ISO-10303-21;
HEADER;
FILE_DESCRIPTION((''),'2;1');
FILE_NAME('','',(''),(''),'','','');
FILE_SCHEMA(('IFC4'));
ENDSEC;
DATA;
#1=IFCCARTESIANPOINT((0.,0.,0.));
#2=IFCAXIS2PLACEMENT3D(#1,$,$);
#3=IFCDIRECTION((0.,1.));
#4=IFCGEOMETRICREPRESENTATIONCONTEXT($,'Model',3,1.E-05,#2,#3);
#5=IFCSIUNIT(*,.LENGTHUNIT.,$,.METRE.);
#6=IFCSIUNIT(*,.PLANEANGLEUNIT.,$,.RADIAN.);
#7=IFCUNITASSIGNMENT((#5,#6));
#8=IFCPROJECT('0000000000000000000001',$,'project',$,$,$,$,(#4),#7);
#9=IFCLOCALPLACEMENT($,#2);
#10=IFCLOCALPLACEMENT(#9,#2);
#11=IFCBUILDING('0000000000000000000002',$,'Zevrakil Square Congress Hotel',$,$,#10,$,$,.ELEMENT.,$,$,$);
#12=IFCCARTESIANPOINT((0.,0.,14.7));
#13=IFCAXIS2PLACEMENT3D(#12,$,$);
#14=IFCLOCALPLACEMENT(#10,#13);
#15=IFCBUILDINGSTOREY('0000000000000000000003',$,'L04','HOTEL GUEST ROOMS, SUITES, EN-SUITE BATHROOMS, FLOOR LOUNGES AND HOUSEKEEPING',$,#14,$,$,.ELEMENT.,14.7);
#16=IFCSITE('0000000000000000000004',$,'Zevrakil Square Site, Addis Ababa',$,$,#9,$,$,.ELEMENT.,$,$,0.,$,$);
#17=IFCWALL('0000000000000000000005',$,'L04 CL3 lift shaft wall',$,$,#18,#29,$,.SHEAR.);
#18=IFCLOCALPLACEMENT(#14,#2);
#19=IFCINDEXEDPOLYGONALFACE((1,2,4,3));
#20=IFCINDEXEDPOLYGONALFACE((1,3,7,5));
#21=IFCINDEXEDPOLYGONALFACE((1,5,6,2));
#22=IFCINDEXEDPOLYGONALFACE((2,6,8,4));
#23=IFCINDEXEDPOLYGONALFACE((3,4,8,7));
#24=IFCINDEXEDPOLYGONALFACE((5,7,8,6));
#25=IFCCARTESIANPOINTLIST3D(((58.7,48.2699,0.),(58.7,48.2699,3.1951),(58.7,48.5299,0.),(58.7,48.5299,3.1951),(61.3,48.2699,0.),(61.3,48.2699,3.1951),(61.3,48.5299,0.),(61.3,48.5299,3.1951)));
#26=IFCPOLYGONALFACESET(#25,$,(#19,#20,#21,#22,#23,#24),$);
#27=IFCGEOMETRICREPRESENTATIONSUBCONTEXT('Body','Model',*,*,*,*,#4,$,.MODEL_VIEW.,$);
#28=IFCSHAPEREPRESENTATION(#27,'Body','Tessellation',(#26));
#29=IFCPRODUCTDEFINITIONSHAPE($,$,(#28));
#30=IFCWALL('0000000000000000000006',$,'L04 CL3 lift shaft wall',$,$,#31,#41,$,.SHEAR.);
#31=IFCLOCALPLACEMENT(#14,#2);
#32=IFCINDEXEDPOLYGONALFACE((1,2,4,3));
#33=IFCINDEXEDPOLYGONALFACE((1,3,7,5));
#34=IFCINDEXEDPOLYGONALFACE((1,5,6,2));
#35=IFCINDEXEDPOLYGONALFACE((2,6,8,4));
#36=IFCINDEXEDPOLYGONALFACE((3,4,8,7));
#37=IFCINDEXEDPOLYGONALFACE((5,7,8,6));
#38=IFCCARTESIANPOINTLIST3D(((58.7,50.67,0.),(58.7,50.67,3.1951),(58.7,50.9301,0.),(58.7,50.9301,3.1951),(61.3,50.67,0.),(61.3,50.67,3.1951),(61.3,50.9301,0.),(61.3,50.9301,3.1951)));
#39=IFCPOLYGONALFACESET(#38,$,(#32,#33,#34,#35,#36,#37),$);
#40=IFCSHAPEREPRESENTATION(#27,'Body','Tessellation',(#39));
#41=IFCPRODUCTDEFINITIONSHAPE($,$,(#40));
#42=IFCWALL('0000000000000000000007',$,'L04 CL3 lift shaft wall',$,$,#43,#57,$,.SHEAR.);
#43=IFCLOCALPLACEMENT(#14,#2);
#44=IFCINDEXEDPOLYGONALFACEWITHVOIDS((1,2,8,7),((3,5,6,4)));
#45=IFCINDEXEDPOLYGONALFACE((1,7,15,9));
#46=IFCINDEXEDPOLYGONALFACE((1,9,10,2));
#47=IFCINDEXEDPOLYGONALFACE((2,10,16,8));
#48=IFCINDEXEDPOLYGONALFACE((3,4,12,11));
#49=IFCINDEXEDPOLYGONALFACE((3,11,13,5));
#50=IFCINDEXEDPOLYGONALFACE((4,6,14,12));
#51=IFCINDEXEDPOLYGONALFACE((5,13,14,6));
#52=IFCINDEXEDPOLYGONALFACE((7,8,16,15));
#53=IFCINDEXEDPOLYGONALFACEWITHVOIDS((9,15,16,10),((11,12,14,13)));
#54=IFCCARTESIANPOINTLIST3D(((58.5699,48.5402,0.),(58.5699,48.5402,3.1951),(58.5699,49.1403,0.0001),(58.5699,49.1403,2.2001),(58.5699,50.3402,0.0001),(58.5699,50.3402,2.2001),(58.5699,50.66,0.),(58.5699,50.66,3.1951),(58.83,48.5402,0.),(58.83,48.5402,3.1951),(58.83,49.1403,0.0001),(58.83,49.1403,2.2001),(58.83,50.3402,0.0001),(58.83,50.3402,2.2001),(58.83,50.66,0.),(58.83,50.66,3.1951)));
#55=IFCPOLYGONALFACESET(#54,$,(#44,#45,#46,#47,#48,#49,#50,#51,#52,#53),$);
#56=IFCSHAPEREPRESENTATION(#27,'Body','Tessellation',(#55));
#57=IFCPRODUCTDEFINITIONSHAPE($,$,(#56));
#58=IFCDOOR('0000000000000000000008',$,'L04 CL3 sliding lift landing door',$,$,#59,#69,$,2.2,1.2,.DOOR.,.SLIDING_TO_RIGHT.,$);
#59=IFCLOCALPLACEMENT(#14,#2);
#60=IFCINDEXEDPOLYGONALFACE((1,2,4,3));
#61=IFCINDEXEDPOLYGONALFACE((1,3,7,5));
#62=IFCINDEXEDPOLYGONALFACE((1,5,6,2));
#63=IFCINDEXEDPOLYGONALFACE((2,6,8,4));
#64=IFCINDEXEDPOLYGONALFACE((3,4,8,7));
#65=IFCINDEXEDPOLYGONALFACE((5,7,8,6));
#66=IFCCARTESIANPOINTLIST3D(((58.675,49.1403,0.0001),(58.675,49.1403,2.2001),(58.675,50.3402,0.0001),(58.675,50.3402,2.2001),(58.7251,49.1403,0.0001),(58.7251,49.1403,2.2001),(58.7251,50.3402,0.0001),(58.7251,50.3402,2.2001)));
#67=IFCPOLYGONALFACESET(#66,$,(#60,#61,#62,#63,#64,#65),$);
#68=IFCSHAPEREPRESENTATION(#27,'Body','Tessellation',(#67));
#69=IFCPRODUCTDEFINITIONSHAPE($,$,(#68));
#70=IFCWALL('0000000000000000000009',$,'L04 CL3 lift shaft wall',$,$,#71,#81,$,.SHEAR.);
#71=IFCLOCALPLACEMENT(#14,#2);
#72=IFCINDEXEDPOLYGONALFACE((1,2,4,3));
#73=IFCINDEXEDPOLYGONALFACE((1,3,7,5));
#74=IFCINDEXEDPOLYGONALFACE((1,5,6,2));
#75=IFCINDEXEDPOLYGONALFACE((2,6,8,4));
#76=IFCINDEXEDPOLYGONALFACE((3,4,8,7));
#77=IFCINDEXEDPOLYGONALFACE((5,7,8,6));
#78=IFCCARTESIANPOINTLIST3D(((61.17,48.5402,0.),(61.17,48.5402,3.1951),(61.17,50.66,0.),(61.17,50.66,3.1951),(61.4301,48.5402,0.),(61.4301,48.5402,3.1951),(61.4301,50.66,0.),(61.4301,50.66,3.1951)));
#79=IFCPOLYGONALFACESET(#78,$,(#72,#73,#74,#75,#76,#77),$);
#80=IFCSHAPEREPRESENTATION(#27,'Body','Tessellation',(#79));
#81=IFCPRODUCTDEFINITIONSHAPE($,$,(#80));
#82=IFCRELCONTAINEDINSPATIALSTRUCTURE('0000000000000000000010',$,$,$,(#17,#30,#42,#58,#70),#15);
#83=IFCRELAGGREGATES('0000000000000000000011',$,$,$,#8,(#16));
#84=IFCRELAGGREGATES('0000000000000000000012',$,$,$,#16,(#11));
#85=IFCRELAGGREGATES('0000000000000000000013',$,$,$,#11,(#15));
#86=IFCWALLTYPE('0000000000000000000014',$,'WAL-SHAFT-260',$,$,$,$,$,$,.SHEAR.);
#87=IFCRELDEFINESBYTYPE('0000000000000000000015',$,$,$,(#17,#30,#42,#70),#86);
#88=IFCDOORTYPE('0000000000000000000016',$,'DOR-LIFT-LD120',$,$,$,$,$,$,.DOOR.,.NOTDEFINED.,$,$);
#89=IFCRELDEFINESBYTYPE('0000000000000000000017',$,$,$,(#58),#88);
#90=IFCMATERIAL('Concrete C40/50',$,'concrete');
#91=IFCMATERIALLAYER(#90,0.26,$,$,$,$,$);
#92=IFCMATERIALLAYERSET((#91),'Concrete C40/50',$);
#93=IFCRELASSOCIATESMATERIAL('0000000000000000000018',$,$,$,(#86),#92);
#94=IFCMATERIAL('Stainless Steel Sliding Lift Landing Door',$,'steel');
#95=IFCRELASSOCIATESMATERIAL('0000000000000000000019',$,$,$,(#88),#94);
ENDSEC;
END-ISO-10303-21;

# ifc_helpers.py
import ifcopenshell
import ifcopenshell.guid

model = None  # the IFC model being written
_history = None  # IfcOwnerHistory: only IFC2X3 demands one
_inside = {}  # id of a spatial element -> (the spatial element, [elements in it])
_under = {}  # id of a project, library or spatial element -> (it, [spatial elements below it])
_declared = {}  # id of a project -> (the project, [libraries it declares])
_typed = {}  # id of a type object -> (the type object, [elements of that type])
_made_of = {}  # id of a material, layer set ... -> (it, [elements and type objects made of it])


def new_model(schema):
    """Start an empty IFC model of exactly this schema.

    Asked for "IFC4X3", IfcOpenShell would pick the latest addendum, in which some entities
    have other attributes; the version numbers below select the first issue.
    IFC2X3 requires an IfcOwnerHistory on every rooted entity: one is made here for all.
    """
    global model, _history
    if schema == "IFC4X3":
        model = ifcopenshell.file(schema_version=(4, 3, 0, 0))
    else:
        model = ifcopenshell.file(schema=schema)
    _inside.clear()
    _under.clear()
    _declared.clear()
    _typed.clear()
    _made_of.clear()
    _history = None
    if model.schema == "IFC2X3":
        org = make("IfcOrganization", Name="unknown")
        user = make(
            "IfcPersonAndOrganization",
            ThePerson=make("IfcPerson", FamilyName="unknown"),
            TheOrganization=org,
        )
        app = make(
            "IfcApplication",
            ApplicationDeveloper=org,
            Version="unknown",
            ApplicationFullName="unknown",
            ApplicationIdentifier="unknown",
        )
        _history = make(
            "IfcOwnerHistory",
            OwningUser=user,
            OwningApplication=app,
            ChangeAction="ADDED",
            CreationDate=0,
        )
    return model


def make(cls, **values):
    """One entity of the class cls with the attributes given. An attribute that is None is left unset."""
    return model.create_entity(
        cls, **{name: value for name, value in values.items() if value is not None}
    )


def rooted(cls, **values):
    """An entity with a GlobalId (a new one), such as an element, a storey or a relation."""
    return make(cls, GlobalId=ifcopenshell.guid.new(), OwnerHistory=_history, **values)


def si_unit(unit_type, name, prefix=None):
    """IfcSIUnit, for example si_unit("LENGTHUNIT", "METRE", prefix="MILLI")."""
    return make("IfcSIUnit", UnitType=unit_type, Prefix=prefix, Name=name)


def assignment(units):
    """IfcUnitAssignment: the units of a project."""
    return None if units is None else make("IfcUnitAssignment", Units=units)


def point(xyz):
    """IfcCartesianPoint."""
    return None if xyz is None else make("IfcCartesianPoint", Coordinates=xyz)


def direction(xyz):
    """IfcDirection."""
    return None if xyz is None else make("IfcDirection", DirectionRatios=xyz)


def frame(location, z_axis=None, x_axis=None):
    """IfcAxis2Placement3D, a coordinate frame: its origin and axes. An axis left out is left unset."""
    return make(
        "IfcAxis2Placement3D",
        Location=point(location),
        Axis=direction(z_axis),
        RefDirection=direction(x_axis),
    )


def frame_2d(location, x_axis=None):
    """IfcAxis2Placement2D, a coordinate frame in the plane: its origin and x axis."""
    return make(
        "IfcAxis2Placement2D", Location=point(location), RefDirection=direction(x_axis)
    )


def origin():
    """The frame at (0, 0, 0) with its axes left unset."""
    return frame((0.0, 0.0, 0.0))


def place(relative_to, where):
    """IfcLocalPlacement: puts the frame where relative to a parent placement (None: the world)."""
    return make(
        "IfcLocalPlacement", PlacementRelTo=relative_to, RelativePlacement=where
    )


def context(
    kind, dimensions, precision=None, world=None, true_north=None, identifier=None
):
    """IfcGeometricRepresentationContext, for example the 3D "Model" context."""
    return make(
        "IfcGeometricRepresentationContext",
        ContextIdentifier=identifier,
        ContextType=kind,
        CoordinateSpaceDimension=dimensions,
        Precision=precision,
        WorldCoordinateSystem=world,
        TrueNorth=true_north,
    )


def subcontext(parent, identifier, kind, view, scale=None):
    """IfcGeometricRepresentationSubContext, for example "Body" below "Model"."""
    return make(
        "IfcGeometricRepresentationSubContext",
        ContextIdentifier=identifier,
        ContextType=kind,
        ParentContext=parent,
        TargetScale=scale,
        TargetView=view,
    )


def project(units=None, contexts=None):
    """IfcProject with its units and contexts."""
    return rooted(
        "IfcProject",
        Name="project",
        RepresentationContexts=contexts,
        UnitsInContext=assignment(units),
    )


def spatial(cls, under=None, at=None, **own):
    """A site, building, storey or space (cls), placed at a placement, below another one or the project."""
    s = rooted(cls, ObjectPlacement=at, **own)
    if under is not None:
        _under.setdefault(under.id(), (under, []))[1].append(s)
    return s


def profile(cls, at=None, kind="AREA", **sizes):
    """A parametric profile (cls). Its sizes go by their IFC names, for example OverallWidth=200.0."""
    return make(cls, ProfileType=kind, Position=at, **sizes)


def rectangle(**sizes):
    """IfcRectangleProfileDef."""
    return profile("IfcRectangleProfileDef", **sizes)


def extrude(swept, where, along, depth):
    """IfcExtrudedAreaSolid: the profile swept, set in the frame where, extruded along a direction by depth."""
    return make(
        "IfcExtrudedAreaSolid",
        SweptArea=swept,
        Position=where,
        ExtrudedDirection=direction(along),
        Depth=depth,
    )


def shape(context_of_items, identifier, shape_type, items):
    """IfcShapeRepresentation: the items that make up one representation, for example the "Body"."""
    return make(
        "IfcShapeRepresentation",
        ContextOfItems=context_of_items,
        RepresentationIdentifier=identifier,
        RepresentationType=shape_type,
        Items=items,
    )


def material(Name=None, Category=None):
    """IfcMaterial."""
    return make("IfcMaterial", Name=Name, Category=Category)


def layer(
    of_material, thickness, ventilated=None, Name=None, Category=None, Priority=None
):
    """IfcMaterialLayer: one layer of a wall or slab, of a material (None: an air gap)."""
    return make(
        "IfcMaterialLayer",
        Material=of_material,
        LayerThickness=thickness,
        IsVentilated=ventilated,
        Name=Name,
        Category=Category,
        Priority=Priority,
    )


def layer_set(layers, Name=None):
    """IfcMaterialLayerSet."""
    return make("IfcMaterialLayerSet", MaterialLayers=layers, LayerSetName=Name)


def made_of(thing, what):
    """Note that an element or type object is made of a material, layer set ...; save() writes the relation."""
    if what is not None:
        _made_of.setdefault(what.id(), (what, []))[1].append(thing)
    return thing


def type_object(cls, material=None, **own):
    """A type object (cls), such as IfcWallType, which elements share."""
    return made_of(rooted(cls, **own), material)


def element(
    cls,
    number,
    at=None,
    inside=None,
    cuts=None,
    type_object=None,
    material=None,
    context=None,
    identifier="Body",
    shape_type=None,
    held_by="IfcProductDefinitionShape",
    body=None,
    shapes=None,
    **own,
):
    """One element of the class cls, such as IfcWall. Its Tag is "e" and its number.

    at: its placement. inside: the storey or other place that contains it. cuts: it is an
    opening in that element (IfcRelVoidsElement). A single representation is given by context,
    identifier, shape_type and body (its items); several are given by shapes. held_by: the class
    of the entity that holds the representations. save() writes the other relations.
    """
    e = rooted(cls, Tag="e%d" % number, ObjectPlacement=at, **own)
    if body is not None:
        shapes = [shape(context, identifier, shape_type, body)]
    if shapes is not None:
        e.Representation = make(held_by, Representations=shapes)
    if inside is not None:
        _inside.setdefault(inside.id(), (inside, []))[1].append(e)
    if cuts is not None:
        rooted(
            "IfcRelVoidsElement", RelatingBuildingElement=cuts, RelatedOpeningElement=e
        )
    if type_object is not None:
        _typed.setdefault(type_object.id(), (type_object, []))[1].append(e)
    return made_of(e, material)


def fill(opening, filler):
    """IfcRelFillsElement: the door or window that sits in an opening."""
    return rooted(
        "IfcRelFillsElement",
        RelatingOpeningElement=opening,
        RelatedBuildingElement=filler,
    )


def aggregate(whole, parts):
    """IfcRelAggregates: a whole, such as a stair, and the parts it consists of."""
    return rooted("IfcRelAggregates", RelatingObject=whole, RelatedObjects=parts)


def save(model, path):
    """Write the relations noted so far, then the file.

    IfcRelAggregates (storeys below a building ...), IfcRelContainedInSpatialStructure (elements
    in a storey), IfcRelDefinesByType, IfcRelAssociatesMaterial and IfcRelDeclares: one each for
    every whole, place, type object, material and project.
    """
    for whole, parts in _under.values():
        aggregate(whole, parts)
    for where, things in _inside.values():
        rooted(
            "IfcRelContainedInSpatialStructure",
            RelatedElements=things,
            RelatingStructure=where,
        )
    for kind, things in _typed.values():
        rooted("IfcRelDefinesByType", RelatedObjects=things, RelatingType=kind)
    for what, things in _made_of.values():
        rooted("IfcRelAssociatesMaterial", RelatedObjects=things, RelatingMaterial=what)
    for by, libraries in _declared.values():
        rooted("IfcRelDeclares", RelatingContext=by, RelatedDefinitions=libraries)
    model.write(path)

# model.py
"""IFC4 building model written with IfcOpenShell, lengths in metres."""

from ifc_helpers import new_model, si_unit, direction, frame, frame_2d, origin, place, context, subcontext, project, spatial, rectangle, extrude, material, layer, layer_set, type_object, element, fill, save


model = new_model("IFC4")

# Units and contexts
model_context = context("Model", 3, precision=1e-05, world=origin(), true_north=direction((0.0, 1.0)))
body_context = subcontext(model_context, "Body", "Model", "MODEL_VIEW")
ifc_project = project(units=[si_unit("LENGTHUNIT", "METRE"), si_unit("PLANEANGLEUNIT", "RADIAN")], contexts=[model_context])

# Site, building, storey
site_placement = place(None, origin())
site = spatial("IfcSite", under=ifc_project, at=site_placement, Name="Zevrakil Square Site, Addis Ababa", CompositionType="ELEMENT", RefElevation=0.0)
building_placement = place(site_placement, origin())
building = spatial("IfcBuilding", under=site, at=building_placement, Name="Zevrakil Square Congress Hotel", CompositionType="ELEMENT")
storey_placement = place(building_placement, frame((0.0, 0.0, 14.7)))
storey = spatial("IfcBuildingStorey", under=building, at=storey_placement, Name="L04", Description="HOTEL GUEST ROOMS, SUITES, EN-SUITE BATHROOMS, FLOOR LOUNGES AND HOUSEKEEPING", CompositionType="ELEMENT", Elevation=14.7)

# Walls
ifc_material_1 = material(Name="Concrete C40/50", Category="concrete")
ifc_layer_1 = layer(ifc_material_1, 0.26)
ifc_layer_set_1 = layer_set([ifc_layer_1], Name="Concrete C40/50")
wall_type_1 = type_object("IfcWallType", Name="WAL-SHAFT-260", PredefinedType="SHEAR", material=ifc_layer_set_1)
for number, where, z_axis, x_axis, name in (
    (1, (58.7, 48.3999, 0.0), (0.0, 0.0, 1.0), (1.0, 0.0, 0.0), "L04 CL3 lift shaft wall"),
    (2, (58.7, 50.8, 0.0), (0.0, 0.0, 1.0), (1.0, 0.0, 0.0), "L04 CL3 lift shaft wall"),
):
    element("IfcWall", number, at=place(storey_placement, frame(where, z_axis=z_axis, x_axis=x_axis)), inside=storey, type_object=wall_type_1, Name=name, PredefinedType="SHEAR", context=body_context, shape_type="SweptSolid", body=[
        extrude(rectangle(XDim=2.6001, YDim=0.26, at=frame_2d((1.3, 0.0))), origin(), (0.0, 0.0, 1.0), 3.1951),
    ])

# Wall, opening, door
wall_1_placement = place(storey_placement, frame((58.7, 48.54, 0.0), z_axis=(0.0, 0.0, 1.0), x_axis=(0.0, 1.0, 0.0)))
wall_1 = element("IfcWall", 3, at=wall_1_placement, inside=storey, type_object=wall_type_1, Name="L04 CL3 lift shaft wall", PredefinedType="SHEAR", context=body_context, shape_type="SweptSolid", body=[
    extrude(rectangle(XDim=2.1199, YDim=0.26, at=frame_2d((1.0601, 0.0))), origin(), (0.0, 0.0, 1.0), 3.1951),
])
opening_1_placement = place(wall_1_placement, frame((0.6001, 0.0, 0.0)))
opening_1 = element("IfcOpeningElement", 4, at=opening_1_placement, cuts=wall_1, PredefinedType="OPENING", context=body_context, shape_type="SweptSolid", body=[
    extrude(rectangle(XDim=1.2, YDim=2.2, at=frame_2d((0.6001, 1.1001))), frame((0.0, 0.1401, 0.0), z_axis=(0.0, -1.0, 0.0), x_axis=(1.0, 0.0, 0.0)), (0.0, 0.0, 1.0), 0.28),
])
ifc_material_2 = material(Name="Stainless Steel Sliding Lift Landing Door", Category="steel")
door_type_1 = type_object("IfcDoorType", Name="DOR-LIFT-LD120", OperationType="NOTDEFINED", PredefinedType="DOOR", material=ifc_material_2)
door_1_placement = place(opening_1_placement, origin())
door_1 = element("IfcDoor", 5, at=door_1_placement, inside=storey, type_object=door_type_1, Name="L04 CL3 sliding lift landing door", OperationType="SLIDING_TO_RIGHT", OverallHeight=2.2, OverallWidth=1.2, PredefinedType="DOOR", context=body_context, shape_type="SweptSolid", body=[
    extrude(rectangle(XDim=1.2, YDim=2.2, at=frame_2d((0.6001, 1.1001))), frame((0.0, 0.0249, 0.0), z_axis=(0.0, -1.0, 0.0), x_axis=(1.0, 0.0, 0.0)), (0.0, 0.0, 1.0), 0.05),
])
fill(opening_1, door_1)

# Wall
wall_2_placement = place(storey_placement, frame((61.3, 48.54, 0.0), z_axis=(0.0, 0.0, 1.0), x_axis=(0.0, 1.0, 0.0)))
element("IfcWall", 6, at=wall_2_placement, inside=storey, type_object=wall_type_1, Name="L04 CL3 lift shaft wall", PredefinedType="SHEAR", context=body_context, shape_type="SweptSolid", body=[
    extrude(rectangle(XDim=2.1199, YDim=0.26, at=frame_2d((1.0601, 0.0))), origin(), (0.0, 0.0, 1.0), 3.1951),
])

save(model, "model.ifc")
